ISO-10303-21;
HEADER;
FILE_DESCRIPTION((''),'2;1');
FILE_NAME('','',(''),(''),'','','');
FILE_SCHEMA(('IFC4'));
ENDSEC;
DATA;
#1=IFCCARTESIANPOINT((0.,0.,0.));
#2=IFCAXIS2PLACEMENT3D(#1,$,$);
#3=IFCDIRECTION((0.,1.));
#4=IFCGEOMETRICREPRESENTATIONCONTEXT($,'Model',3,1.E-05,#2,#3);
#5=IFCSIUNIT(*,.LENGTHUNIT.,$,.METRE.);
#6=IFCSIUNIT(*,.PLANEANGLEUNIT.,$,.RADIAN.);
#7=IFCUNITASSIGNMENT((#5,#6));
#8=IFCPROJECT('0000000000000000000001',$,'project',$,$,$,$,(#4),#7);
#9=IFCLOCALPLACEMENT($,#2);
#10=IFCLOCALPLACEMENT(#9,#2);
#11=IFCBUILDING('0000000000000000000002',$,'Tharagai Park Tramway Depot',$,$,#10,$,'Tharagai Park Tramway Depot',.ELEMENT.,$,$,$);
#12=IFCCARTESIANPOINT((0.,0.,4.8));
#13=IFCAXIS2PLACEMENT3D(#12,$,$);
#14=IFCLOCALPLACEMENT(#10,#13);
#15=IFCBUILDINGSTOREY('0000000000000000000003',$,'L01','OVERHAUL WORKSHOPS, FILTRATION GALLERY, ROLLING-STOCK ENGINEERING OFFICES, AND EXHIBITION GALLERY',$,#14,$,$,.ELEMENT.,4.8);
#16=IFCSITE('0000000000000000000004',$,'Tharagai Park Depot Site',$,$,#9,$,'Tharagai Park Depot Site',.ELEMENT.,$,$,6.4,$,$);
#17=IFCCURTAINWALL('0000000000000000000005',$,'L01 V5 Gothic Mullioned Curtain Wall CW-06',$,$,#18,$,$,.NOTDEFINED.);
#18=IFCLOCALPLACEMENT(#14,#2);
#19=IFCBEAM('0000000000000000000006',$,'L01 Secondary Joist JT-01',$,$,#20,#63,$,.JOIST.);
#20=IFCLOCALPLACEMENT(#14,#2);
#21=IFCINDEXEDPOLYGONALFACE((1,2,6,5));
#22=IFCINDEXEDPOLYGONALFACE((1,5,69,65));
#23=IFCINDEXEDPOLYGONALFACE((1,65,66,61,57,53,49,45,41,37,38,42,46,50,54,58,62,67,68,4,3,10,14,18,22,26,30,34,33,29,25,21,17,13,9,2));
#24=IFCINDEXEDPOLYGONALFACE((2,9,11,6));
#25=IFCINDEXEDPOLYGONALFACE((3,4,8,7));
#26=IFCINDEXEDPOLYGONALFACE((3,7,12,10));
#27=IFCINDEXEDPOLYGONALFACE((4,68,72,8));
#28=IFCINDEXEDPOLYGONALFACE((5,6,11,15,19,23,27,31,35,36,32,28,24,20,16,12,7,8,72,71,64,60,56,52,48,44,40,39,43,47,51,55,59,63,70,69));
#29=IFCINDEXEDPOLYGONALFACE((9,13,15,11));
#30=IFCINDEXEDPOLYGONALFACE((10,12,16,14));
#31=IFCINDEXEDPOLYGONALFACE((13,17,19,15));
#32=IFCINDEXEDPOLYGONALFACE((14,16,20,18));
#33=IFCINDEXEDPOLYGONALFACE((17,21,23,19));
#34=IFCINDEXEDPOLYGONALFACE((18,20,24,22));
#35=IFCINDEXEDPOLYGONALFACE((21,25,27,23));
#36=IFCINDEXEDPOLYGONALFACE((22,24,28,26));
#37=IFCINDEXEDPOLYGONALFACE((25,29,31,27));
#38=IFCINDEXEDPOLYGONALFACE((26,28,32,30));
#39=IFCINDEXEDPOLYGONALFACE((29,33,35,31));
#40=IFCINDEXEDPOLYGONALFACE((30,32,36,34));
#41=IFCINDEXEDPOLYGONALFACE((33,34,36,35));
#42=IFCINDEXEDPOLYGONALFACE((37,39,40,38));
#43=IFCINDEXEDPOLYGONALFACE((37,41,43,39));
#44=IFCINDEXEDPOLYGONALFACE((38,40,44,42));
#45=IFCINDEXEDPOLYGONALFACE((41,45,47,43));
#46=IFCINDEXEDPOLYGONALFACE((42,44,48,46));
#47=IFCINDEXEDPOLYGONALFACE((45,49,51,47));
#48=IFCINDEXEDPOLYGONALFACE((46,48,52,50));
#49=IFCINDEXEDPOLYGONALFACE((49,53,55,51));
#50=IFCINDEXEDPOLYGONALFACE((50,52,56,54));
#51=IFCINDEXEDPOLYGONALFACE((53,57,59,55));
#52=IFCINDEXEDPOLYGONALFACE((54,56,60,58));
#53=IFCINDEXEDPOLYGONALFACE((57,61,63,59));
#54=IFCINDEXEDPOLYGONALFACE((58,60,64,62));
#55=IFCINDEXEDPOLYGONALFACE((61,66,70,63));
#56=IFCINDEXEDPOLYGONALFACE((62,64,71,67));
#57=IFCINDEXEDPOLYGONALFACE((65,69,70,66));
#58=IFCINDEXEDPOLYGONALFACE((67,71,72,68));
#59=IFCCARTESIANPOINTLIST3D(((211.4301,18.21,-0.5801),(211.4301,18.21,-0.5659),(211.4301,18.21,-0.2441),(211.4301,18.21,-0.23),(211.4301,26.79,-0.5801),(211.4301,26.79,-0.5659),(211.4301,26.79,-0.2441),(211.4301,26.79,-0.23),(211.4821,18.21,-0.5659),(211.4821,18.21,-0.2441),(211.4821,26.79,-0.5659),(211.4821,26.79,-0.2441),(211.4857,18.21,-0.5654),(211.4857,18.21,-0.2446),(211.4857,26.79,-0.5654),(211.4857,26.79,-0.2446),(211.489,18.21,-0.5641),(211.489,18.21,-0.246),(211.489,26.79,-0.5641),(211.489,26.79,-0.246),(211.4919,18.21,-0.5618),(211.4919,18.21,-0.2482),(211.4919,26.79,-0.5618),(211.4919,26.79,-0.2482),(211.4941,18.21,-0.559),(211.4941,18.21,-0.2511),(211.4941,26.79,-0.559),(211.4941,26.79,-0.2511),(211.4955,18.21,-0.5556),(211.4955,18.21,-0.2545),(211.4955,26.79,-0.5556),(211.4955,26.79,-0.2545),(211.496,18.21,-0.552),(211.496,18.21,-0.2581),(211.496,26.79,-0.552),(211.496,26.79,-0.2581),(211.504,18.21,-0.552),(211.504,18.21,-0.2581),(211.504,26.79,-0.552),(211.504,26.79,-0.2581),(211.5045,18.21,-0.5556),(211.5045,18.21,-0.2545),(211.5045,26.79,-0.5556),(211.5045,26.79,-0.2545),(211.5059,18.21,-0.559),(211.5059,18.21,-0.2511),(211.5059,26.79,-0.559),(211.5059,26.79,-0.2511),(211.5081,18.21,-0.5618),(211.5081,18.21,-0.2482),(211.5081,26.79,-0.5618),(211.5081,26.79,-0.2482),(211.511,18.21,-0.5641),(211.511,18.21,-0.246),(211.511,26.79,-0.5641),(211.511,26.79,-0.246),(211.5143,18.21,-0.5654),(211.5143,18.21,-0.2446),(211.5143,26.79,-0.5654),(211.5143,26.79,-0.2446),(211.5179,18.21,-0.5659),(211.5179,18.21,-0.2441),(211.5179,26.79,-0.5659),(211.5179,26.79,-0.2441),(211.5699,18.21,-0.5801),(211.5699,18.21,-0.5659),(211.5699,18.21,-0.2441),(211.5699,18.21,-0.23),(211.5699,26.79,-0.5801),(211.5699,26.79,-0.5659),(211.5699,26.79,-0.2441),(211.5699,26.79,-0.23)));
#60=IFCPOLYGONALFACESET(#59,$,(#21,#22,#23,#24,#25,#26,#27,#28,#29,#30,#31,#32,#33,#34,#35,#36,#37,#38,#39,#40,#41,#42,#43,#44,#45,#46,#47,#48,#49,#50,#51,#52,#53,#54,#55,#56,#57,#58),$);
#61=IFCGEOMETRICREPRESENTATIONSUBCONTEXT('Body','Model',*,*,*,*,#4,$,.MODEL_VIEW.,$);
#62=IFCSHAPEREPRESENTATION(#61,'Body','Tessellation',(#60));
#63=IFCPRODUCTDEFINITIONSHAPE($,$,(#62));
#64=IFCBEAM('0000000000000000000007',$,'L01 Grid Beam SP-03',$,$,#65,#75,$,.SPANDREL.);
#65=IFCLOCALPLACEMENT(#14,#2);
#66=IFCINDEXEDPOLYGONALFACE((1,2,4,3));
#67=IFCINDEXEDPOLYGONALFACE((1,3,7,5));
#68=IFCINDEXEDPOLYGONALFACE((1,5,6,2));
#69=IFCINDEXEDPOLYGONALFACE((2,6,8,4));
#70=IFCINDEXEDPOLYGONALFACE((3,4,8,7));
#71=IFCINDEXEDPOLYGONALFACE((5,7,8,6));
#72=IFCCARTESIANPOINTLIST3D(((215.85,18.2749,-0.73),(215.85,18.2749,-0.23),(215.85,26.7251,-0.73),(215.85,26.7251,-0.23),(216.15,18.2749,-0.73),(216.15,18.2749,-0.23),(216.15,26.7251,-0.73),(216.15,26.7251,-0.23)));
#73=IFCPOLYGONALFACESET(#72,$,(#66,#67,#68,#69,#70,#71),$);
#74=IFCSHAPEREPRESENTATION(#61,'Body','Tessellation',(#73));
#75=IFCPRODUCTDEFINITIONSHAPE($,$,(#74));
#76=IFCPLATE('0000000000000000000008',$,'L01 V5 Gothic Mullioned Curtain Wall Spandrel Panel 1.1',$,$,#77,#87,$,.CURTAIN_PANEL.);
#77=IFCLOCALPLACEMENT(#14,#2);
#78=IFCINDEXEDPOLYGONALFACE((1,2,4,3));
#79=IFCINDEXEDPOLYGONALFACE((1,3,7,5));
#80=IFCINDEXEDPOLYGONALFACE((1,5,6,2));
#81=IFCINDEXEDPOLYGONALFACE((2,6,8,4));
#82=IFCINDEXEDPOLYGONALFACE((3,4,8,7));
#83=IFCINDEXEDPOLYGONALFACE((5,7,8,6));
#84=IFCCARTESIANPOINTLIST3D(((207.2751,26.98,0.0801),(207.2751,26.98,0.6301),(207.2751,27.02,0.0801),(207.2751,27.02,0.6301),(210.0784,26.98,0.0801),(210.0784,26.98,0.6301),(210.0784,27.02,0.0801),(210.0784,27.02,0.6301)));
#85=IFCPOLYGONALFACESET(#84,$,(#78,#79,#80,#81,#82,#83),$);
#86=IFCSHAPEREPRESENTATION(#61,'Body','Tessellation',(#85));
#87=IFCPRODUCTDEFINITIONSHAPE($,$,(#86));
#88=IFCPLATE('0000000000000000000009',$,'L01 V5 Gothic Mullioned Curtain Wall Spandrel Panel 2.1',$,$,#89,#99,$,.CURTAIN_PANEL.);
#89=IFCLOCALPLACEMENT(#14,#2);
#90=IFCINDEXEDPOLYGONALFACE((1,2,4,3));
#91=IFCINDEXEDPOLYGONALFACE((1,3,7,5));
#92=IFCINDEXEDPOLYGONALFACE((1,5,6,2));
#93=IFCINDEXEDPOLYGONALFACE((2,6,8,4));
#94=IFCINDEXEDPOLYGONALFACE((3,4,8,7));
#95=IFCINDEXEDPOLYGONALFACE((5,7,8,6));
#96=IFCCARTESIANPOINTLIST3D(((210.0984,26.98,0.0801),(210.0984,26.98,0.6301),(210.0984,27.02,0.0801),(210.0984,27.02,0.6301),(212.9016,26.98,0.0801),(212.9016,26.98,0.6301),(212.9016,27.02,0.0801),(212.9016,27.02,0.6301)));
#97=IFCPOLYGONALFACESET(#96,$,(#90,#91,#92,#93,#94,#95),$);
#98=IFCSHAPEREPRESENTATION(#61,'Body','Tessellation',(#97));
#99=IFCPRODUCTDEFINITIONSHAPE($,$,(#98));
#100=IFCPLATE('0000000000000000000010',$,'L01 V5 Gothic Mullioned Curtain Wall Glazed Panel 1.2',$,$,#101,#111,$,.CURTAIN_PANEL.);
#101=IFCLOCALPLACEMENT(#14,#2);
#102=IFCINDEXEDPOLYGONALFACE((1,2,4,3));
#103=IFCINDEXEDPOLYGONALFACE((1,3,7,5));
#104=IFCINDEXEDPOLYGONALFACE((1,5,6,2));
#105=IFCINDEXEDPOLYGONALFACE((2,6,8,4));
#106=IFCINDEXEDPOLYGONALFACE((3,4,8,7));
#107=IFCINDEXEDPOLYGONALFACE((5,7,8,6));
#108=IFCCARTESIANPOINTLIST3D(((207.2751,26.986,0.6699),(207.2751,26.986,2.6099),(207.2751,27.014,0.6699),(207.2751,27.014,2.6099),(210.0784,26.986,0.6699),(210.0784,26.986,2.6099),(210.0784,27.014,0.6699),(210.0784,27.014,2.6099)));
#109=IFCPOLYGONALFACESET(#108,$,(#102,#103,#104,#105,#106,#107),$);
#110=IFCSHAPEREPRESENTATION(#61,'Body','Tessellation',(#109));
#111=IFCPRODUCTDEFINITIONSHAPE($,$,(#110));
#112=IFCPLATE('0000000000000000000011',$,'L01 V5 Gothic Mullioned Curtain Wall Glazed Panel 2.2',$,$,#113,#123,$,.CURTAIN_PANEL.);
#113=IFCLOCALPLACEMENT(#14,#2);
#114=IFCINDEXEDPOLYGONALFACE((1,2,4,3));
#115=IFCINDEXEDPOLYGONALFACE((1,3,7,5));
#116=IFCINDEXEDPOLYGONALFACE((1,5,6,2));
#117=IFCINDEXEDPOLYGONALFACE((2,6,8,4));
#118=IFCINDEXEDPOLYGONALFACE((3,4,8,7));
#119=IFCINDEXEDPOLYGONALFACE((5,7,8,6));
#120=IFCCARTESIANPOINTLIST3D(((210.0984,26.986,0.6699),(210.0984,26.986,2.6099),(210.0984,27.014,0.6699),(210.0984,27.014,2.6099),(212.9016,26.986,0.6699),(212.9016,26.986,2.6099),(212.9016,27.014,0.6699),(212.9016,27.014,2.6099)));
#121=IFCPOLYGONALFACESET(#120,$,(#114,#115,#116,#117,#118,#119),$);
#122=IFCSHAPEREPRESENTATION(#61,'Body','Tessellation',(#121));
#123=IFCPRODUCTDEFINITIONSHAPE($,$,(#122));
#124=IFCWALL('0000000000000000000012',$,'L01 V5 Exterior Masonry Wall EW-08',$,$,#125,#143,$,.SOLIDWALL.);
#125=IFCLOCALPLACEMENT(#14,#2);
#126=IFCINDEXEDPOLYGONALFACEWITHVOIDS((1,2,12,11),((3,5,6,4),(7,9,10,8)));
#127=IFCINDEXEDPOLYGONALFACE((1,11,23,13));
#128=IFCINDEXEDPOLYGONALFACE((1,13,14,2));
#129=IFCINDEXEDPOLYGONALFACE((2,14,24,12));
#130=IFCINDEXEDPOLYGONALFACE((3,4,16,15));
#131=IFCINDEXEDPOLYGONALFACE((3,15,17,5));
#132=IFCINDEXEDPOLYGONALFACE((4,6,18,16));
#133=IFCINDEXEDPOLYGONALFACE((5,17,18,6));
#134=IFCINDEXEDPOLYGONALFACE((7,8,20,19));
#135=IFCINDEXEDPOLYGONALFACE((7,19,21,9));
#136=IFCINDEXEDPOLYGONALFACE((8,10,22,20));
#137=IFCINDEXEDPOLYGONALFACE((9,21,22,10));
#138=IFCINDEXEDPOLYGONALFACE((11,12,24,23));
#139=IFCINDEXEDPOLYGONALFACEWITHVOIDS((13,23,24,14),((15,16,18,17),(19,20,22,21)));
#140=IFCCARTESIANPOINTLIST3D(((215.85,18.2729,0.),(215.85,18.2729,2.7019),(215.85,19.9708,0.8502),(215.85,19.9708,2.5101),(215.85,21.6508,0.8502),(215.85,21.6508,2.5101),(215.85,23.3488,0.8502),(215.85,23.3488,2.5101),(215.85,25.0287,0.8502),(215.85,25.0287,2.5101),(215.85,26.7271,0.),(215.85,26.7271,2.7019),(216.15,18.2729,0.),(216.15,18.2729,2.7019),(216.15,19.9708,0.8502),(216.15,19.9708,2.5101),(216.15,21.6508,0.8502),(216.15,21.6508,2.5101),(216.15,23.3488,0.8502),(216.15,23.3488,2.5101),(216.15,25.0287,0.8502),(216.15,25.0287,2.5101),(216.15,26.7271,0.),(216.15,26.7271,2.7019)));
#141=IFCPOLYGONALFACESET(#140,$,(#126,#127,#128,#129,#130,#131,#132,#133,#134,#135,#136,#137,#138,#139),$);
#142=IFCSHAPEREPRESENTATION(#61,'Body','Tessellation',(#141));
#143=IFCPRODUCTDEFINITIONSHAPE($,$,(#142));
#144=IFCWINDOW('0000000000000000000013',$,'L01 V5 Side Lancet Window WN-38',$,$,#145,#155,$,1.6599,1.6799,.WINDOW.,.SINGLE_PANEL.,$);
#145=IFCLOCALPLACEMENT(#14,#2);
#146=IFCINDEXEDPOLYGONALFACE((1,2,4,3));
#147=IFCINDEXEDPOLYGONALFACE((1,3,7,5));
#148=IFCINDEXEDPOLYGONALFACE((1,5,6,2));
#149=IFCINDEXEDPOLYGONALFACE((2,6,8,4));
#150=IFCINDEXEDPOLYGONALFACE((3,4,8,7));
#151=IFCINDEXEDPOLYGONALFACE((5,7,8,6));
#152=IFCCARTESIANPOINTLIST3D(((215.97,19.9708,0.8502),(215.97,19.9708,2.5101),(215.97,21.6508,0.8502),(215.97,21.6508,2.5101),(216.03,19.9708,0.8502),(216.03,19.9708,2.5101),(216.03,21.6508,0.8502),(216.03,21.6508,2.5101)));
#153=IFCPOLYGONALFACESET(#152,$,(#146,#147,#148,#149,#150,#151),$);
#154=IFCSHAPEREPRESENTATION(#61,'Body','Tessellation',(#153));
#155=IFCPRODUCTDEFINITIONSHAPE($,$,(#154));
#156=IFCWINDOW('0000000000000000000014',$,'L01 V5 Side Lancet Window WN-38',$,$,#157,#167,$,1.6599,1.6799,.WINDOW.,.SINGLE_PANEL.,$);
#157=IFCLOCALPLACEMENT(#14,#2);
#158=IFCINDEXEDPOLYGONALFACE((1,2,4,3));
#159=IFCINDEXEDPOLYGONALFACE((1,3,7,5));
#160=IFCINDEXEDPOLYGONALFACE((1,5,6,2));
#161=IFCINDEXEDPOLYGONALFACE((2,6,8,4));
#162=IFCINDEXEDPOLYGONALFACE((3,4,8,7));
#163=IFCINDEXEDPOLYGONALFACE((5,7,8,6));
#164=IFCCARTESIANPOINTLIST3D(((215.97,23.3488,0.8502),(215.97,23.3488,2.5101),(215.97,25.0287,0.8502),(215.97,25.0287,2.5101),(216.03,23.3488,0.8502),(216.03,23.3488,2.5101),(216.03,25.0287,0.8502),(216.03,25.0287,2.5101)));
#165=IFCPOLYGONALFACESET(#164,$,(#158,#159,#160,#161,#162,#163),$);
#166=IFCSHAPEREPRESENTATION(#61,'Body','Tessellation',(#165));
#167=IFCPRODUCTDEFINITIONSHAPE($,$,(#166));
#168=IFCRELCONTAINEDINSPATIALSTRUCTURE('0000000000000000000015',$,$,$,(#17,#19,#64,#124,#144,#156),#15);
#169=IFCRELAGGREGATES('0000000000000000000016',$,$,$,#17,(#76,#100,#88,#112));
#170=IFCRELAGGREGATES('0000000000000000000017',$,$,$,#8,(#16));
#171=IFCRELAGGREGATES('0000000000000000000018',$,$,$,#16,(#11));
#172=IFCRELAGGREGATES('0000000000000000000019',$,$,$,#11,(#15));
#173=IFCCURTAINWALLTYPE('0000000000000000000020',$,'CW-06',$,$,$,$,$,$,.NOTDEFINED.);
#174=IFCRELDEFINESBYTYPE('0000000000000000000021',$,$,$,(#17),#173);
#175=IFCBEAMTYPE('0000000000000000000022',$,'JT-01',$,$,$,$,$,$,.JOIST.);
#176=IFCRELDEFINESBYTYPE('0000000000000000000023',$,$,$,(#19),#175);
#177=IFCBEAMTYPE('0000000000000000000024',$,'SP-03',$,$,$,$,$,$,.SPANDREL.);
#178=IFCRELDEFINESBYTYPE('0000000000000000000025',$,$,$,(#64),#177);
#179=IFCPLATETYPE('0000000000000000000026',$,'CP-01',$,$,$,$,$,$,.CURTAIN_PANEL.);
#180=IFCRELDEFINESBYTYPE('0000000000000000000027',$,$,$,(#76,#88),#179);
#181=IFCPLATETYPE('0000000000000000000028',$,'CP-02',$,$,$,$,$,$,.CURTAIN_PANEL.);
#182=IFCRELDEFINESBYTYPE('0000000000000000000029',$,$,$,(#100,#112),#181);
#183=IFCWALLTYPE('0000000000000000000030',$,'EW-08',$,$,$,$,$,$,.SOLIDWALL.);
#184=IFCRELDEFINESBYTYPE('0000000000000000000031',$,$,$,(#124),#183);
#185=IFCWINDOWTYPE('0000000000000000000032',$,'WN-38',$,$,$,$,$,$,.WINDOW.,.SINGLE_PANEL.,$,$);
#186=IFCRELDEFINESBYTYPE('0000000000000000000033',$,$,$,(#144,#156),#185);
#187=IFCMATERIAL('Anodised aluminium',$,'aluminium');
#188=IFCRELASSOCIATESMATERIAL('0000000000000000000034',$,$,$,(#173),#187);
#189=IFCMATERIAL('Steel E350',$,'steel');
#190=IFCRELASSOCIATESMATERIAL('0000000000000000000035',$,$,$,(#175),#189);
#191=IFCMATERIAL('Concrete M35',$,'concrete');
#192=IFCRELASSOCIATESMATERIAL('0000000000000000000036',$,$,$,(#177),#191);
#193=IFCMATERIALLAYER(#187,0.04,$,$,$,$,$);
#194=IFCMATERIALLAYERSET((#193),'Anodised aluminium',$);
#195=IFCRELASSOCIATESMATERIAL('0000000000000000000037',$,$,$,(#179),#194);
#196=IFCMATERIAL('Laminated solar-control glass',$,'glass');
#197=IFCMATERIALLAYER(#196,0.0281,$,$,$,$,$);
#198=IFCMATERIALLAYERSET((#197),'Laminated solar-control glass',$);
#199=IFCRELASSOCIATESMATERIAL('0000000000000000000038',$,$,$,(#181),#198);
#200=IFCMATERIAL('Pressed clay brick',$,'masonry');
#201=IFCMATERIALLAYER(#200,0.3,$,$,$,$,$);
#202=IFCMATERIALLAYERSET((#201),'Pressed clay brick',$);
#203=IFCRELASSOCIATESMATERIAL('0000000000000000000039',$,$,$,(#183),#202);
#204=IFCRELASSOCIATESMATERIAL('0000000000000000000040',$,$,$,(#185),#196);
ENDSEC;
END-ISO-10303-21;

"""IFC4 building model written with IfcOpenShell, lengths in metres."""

from ifc_helpers import new_model, si_unit, direction, frame, frame_2d, origin, origin_2d, place, context, subcontext, project, spatial, rectangle, i_section, extrude, material, layer, layer_set, material_profile, profile_set, type_object, element, fill, aggregate, save


model = new_model("IFC4")

# Units and contexts
model_context = context("Model", 3, precision=1e-05, world=origin(), true_north=direction((0.0, 1.0)))
body_context = subcontext(model_context, "Body", "Model", "MODEL_VIEW")
ifc_project = project(units=[si_unit("LENGTHUNIT", "METRE"), si_unit("PLANEANGLEUNIT", "RADIAN")], contexts=[model_context])

# Site, building, storey
site_placement = place(None, origin())
site = spatial("IfcSite", under=ifc_project, at=site_placement, Name="Tharagai Park Depot Site", LongName="Tharagai Park Depot Site", CompositionType="ELEMENT", RefElevation=6.4)
building_placement = place(site_placement, origin())
building = spatial("IfcBuilding", under=site, at=building_placement, Name="Tharagai Park Tramway Depot", LongName="Tharagai Park Tramway Depot", CompositionType="ELEMENT")
storey_placement = place(building_placement, frame((0.0, 0.0, 4.8)))
storey = spatial("IfcBuildingStorey", under=building, at=storey_placement, Name="L01", Description="OVERHAUL WORKSHOPS, FILTRATION GALLERY, ROLLING-STOCK ENGINEERING OFFICES, AND EXHIBITION GALLERY", CompositionType="ELEMENT", Elevation=4.8)

# Shared definitions
ifc_material_1 = material(Name="Concrete M35", Category="concrete")

# Curtain wall
ifc_material_2 = material(Name="Anodised aluminium", Category="aluminium")
curtain_wall_type = type_object("IfcCurtainWallType", Name="CW-06", PredefinedType="NOTDEFINED", material=ifc_material_2)
curtain_wall_placement = place(storey_placement, origin())
curtain_wall = element("IfcCurtainWall", 1, at=curtain_wall_placement, inside=storey, type_object=curtain_wall_type, Name="L01 V5 Gothic Mullioned Curtain Wall CW-06", PredefinedType="NOTDEFINED")

# Beams
ifc_material_3 = material(Name="Steel E350", Category="steel")
ifc_material_profile_1 = material_profile(ifc_material_3, i_section(OverallWidth=0.1399, OverallDepth=0.3501, WebThickness=0.0081, FlangeThickness=0.0142, FilletRadius=0.0139, at=origin_2d()), Name="ISMB 350")
ifc_profile_set_1 = profile_set([ifc_material_profile_1], Name="Steel E350")
beam_type_1 = type_object("IfcBeamType", Name="JT-01", PredefinedType="JOIST", material=ifc_profile_set_1)
beam_1_placement = place(storey_placement, frame((211.5, 18.21, -0.405), z_axis=(0.0, 1.0, 0.0), x_axis=(-1.0, 0.0, 0.0)))
element("IfcBeam", 2, at=beam_1_placement, inside=storey, type_object=beam_type_1, Name="L01 Secondary Joist JT-01", PredefinedType="JOIST", context=body_context, shape_type="SweptSolid", body=[
    extrude(i_section(OverallWidth=0.1399, OverallDepth=0.3501, WebThickness=0.0081, FlangeThickness=0.0142, FilletRadius=0.0139, at=origin_2d()), origin(), (0.0, 0.0, 1.0), 8.5801),
])
ifc_material_profile_2 = material_profile(ifc_material_1, rectangle(XDim=0.3, YDim=0.5, at=origin_2d()), Name="RC 300x500")
ifc_profile_set_2 = profile_set([ifc_material_profile_2], Name="Concrete M35")
beam_type_2 = type_object("IfcBeamType", Name="SP-03", PredefinedType="SPANDREL", material=ifc_profile_set_2)
beam_2_placement = place(storey_placement, frame((216.0, 18.2749, -0.48), z_axis=(0.0, 1.0, 0.0), x_axis=(-1.0, 0.0, 0.0)))
element("IfcBeam", 3, at=beam_2_placement, inside=storey, type_object=beam_type_2, Name="L01 Grid Beam SP-03", PredefinedType="SPANDREL", context=body_context, shape_type="SweptSolid", body=[
    extrude(rectangle(XDim=0.3, YDim=0.5, at=origin_2d()), origin(), (0.0, 0.0, 1.0), 8.4502),
])

# Plates
ifc_layer_1 = layer(ifc_material_2, 0.04)
ifc_layer_set_1 = layer_set([ifc_layer_1], Name="Anodised aluminium")
plate_type_1 = type_object("IfcPlateType", Name="CP-01", PredefinedType="CURTAIN_PANEL", material=ifc_layer_set_1)
plate_1_placement = place(storey_placement, frame((208.6768, 27.0, 0.0801), z_axis=(0.0, 0.0, 1.0), x_axis=(1.0, 0.0, 0.0)))
plate_1 = element("IfcPlate", 4, at=plate_1_placement, type_object=plate_type_1, Name="L01 V5 Gothic Mullioned Curtain Wall Spandrel Panel 1.1", PredefinedType="CURTAIN_PANEL", context=body_context, shape_type="SweptSolid", body=[
    extrude(rectangle(XDim=2.8032, YDim=0.04, at=origin_2d()), origin(), (0.0, 0.0, 1.0), 0.55),
])
plate_2_placement = place(storey_placement, frame((211.5, 27.0, 0.0801), z_axis=(0.0, 0.0, 1.0), x_axis=(1.0, 0.0, 0.0)))
plate_2 = element("IfcPlate", 5, at=plate_2_placement, type_object=plate_type_1, Name="L01 V5 Gothic Mullioned Curtain Wall Spandrel Panel 2.1", PredefinedType="CURTAIN_PANEL", context=body_context, shape_type="SweptSolid", body=[
    extrude(rectangle(XDim=2.8032, YDim=0.04, at=origin_2d()), origin(), (0.0, 0.0, 1.0), 0.55),
])
ifc_material_4 = material(Name="Laminated solar-control glass", Category="glass")
ifc_layer_2 = layer(ifc_material_4, 0.0281)
ifc_layer_set_2 = layer_set([ifc_layer_2], Name="Laminated solar-control glass")
plate_type_2 = type_object("IfcPlateType", Name="CP-02", PredefinedType="CURTAIN_PANEL", material=ifc_layer_set_2)
plate_3_placement = place(storey_placement, frame((208.6768, 27.0, 0.6699), z_axis=(0.0, 0.0, 1.0), x_axis=(1.0, 0.0, 0.0)))
plate_3 = element("IfcPlate", 6, at=plate_3_placement, type_object=plate_type_2, Name="L01 V5 Gothic Mullioned Curtain Wall Glazed Panel 1.2", PredefinedType="CURTAIN_PANEL", context=body_context, shape_type="SweptSolid", body=[
    extrude(rectangle(XDim=2.8032, YDim=0.0281, at=origin_2d()), origin(), (0.0, 0.0, 1.0), 1.9399),
])
plate_4_placement = place(storey_placement, frame((211.5, 27.0, 0.6699), z_axis=(0.0, 0.0, 1.0), x_axis=(1.0, 0.0, 0.0)))
plate_4 = element("IfcPlate", 7, at=plate_4_placement, type_object=plate_type_2, Name="L01 V5 Gothic Mullioned Curtain Wall Glazed Panel 2.2", PredefinedType="CURTAIN_PANEL", context=body_context, shape_type="SweptSolid", body=[
    extrude(rectangle(XDim=2.8032, YDim=0.0281, at=origin_2d()), origin(), (0.0, 0.0, 1.0), 1.9399),
])
aggregate(curtain_wall, [plate_1, plate_3, plate_2, plate_4])

# Wall, openings, windows
ifc_material_5 = material(Name="Pressed clay brick", Category="masonry")
ifc_layer_3 = layer(ifc_material_5, 0.3)
ifc_layer_set_3 = layer_set([ifc_layer_3], Name="Pressed clay brick")
wall_type = type_object("IfcWallType", Name="EW-08", PredefinedType="SOLIDWALL", material=ifc_layer_set_3)
wall_placement = place(storey_placement, frame((216.0, 18.2729, 0.0), z_axis=(0.0, 0.0, 1.0), x_axis=(0.0, 1.0, 0.0)))
wall = element("IfcWall", 8, at=wall_placement, inside=storey, type_object=wall_type, Name="L01 V5 Exterior Masonry Wall EW-08", PredefinedType="SOLIDWALL", context=body_context, shape_type="SweptSolid", body=[
    extrude(rectangle(XDim=8.4541, YDim=0.3, at=frame_2d((4.2271, 0.0))), origin(), (0.0, 0.0, 1.0), 2.7019),
])
opening_1_placement = place(wall_placement, frame((1.698, 0.0, 0.8501)))
opening_1 = element("IfcOpeningElement", 9, at=opening_1_placement, cuts=wall, PredefinedType="OPENING", context=body_context, shape_type="SweptSolid", body=[
    extrude(rectangle(XDim=1.6799, YDim=1.6599, at=frame_2d((0.8398, 0.8301))), frame((0.0, 0.1599, 0.0), z_axis=(0.0, -1.0, 0.0), x_axis=(1.0, 0.0, 0.0)), (0.0, 0.0, 1.0), 0.3201),
])
opening_2_placement = place(wall_placement, frame((5.0759, 0.0, 0.8501)))
opening_2 = element("IfcOpeningElement", 10, at=opening_2_placement, cuts=wall, PredefinedType="OPENING", context=body_context, shape_type="SweptSolid", body=[
    extrude(rectangle(XDim=1.6799, YDim=1.6599, at=frame_2d((0.8398, 0.8301))), frame((0.0, 0.1599, 0.0), z_axis=(0.0, -1.0, 0.0), x_axis=(1.0, 0.0, 0.0)), (0.0, 0.0, 1.0), 0.3201),
])
window_type = type_object("IfcWindowType", Name="WN-38", PartitioningType="SINGLE_PANEL", PredefinedType="WINDOW", material=ifc_material_4)
window_1_placement = place(opening_1_placement, origin())
window_1 = element("IfcWindow", 11, at=window_1_placement, inside=storey, type_object=window_type, Name="L01 V5 Side Lancet Window WN-38", OverallHeight=1.6599, OverallWidth=1.6799, PartitioningType="SINGLE_PANEL", PredefinedType="WINDOW", context=body_context, shape_type="SweptSolid", body=[
    extrude(rectangle(XDim=1.6799, YDim=1.6599, at=frame_2d((0.8398, 0.8301))), frame((0.0, 0.03, 0.0), z_axis=(0.0, -1.0, 0.0), x_axis=(1.0, 0.0, 0.0)), (0.0, 0.0, 1.0), 0.0601),
])
fill(opening_1, window_1)
window_2_placement = place(opening_2_placement, origin())
window_2 = element("IfcWindow", 12, at=window_2_placement, inside=storey, type_object=window_type, Name="L01 V5 Side Lancet Window WN-38", OverallHeight=1.6599, OverallWidth=1.6799, PartitioningType="SINGLE_PANEL", PredefinedType="WINDOW", context=body_context, shape_type="SweptSolid", body=[
    extrude(rectangle(XDim=1.6799, YDim=1.6599, at=frame_2d((0.8398, 0.8301))), frame((0.0, 0.03, 0.0), z_axis=(0.0, -1.0, 0.0), x_axis=(1.0, 0.0, 0.0)), (0.0, 0.0, 1.0), 0.0601),
])
fill(opening_2, window_2)

save(model, "model.ifc")
